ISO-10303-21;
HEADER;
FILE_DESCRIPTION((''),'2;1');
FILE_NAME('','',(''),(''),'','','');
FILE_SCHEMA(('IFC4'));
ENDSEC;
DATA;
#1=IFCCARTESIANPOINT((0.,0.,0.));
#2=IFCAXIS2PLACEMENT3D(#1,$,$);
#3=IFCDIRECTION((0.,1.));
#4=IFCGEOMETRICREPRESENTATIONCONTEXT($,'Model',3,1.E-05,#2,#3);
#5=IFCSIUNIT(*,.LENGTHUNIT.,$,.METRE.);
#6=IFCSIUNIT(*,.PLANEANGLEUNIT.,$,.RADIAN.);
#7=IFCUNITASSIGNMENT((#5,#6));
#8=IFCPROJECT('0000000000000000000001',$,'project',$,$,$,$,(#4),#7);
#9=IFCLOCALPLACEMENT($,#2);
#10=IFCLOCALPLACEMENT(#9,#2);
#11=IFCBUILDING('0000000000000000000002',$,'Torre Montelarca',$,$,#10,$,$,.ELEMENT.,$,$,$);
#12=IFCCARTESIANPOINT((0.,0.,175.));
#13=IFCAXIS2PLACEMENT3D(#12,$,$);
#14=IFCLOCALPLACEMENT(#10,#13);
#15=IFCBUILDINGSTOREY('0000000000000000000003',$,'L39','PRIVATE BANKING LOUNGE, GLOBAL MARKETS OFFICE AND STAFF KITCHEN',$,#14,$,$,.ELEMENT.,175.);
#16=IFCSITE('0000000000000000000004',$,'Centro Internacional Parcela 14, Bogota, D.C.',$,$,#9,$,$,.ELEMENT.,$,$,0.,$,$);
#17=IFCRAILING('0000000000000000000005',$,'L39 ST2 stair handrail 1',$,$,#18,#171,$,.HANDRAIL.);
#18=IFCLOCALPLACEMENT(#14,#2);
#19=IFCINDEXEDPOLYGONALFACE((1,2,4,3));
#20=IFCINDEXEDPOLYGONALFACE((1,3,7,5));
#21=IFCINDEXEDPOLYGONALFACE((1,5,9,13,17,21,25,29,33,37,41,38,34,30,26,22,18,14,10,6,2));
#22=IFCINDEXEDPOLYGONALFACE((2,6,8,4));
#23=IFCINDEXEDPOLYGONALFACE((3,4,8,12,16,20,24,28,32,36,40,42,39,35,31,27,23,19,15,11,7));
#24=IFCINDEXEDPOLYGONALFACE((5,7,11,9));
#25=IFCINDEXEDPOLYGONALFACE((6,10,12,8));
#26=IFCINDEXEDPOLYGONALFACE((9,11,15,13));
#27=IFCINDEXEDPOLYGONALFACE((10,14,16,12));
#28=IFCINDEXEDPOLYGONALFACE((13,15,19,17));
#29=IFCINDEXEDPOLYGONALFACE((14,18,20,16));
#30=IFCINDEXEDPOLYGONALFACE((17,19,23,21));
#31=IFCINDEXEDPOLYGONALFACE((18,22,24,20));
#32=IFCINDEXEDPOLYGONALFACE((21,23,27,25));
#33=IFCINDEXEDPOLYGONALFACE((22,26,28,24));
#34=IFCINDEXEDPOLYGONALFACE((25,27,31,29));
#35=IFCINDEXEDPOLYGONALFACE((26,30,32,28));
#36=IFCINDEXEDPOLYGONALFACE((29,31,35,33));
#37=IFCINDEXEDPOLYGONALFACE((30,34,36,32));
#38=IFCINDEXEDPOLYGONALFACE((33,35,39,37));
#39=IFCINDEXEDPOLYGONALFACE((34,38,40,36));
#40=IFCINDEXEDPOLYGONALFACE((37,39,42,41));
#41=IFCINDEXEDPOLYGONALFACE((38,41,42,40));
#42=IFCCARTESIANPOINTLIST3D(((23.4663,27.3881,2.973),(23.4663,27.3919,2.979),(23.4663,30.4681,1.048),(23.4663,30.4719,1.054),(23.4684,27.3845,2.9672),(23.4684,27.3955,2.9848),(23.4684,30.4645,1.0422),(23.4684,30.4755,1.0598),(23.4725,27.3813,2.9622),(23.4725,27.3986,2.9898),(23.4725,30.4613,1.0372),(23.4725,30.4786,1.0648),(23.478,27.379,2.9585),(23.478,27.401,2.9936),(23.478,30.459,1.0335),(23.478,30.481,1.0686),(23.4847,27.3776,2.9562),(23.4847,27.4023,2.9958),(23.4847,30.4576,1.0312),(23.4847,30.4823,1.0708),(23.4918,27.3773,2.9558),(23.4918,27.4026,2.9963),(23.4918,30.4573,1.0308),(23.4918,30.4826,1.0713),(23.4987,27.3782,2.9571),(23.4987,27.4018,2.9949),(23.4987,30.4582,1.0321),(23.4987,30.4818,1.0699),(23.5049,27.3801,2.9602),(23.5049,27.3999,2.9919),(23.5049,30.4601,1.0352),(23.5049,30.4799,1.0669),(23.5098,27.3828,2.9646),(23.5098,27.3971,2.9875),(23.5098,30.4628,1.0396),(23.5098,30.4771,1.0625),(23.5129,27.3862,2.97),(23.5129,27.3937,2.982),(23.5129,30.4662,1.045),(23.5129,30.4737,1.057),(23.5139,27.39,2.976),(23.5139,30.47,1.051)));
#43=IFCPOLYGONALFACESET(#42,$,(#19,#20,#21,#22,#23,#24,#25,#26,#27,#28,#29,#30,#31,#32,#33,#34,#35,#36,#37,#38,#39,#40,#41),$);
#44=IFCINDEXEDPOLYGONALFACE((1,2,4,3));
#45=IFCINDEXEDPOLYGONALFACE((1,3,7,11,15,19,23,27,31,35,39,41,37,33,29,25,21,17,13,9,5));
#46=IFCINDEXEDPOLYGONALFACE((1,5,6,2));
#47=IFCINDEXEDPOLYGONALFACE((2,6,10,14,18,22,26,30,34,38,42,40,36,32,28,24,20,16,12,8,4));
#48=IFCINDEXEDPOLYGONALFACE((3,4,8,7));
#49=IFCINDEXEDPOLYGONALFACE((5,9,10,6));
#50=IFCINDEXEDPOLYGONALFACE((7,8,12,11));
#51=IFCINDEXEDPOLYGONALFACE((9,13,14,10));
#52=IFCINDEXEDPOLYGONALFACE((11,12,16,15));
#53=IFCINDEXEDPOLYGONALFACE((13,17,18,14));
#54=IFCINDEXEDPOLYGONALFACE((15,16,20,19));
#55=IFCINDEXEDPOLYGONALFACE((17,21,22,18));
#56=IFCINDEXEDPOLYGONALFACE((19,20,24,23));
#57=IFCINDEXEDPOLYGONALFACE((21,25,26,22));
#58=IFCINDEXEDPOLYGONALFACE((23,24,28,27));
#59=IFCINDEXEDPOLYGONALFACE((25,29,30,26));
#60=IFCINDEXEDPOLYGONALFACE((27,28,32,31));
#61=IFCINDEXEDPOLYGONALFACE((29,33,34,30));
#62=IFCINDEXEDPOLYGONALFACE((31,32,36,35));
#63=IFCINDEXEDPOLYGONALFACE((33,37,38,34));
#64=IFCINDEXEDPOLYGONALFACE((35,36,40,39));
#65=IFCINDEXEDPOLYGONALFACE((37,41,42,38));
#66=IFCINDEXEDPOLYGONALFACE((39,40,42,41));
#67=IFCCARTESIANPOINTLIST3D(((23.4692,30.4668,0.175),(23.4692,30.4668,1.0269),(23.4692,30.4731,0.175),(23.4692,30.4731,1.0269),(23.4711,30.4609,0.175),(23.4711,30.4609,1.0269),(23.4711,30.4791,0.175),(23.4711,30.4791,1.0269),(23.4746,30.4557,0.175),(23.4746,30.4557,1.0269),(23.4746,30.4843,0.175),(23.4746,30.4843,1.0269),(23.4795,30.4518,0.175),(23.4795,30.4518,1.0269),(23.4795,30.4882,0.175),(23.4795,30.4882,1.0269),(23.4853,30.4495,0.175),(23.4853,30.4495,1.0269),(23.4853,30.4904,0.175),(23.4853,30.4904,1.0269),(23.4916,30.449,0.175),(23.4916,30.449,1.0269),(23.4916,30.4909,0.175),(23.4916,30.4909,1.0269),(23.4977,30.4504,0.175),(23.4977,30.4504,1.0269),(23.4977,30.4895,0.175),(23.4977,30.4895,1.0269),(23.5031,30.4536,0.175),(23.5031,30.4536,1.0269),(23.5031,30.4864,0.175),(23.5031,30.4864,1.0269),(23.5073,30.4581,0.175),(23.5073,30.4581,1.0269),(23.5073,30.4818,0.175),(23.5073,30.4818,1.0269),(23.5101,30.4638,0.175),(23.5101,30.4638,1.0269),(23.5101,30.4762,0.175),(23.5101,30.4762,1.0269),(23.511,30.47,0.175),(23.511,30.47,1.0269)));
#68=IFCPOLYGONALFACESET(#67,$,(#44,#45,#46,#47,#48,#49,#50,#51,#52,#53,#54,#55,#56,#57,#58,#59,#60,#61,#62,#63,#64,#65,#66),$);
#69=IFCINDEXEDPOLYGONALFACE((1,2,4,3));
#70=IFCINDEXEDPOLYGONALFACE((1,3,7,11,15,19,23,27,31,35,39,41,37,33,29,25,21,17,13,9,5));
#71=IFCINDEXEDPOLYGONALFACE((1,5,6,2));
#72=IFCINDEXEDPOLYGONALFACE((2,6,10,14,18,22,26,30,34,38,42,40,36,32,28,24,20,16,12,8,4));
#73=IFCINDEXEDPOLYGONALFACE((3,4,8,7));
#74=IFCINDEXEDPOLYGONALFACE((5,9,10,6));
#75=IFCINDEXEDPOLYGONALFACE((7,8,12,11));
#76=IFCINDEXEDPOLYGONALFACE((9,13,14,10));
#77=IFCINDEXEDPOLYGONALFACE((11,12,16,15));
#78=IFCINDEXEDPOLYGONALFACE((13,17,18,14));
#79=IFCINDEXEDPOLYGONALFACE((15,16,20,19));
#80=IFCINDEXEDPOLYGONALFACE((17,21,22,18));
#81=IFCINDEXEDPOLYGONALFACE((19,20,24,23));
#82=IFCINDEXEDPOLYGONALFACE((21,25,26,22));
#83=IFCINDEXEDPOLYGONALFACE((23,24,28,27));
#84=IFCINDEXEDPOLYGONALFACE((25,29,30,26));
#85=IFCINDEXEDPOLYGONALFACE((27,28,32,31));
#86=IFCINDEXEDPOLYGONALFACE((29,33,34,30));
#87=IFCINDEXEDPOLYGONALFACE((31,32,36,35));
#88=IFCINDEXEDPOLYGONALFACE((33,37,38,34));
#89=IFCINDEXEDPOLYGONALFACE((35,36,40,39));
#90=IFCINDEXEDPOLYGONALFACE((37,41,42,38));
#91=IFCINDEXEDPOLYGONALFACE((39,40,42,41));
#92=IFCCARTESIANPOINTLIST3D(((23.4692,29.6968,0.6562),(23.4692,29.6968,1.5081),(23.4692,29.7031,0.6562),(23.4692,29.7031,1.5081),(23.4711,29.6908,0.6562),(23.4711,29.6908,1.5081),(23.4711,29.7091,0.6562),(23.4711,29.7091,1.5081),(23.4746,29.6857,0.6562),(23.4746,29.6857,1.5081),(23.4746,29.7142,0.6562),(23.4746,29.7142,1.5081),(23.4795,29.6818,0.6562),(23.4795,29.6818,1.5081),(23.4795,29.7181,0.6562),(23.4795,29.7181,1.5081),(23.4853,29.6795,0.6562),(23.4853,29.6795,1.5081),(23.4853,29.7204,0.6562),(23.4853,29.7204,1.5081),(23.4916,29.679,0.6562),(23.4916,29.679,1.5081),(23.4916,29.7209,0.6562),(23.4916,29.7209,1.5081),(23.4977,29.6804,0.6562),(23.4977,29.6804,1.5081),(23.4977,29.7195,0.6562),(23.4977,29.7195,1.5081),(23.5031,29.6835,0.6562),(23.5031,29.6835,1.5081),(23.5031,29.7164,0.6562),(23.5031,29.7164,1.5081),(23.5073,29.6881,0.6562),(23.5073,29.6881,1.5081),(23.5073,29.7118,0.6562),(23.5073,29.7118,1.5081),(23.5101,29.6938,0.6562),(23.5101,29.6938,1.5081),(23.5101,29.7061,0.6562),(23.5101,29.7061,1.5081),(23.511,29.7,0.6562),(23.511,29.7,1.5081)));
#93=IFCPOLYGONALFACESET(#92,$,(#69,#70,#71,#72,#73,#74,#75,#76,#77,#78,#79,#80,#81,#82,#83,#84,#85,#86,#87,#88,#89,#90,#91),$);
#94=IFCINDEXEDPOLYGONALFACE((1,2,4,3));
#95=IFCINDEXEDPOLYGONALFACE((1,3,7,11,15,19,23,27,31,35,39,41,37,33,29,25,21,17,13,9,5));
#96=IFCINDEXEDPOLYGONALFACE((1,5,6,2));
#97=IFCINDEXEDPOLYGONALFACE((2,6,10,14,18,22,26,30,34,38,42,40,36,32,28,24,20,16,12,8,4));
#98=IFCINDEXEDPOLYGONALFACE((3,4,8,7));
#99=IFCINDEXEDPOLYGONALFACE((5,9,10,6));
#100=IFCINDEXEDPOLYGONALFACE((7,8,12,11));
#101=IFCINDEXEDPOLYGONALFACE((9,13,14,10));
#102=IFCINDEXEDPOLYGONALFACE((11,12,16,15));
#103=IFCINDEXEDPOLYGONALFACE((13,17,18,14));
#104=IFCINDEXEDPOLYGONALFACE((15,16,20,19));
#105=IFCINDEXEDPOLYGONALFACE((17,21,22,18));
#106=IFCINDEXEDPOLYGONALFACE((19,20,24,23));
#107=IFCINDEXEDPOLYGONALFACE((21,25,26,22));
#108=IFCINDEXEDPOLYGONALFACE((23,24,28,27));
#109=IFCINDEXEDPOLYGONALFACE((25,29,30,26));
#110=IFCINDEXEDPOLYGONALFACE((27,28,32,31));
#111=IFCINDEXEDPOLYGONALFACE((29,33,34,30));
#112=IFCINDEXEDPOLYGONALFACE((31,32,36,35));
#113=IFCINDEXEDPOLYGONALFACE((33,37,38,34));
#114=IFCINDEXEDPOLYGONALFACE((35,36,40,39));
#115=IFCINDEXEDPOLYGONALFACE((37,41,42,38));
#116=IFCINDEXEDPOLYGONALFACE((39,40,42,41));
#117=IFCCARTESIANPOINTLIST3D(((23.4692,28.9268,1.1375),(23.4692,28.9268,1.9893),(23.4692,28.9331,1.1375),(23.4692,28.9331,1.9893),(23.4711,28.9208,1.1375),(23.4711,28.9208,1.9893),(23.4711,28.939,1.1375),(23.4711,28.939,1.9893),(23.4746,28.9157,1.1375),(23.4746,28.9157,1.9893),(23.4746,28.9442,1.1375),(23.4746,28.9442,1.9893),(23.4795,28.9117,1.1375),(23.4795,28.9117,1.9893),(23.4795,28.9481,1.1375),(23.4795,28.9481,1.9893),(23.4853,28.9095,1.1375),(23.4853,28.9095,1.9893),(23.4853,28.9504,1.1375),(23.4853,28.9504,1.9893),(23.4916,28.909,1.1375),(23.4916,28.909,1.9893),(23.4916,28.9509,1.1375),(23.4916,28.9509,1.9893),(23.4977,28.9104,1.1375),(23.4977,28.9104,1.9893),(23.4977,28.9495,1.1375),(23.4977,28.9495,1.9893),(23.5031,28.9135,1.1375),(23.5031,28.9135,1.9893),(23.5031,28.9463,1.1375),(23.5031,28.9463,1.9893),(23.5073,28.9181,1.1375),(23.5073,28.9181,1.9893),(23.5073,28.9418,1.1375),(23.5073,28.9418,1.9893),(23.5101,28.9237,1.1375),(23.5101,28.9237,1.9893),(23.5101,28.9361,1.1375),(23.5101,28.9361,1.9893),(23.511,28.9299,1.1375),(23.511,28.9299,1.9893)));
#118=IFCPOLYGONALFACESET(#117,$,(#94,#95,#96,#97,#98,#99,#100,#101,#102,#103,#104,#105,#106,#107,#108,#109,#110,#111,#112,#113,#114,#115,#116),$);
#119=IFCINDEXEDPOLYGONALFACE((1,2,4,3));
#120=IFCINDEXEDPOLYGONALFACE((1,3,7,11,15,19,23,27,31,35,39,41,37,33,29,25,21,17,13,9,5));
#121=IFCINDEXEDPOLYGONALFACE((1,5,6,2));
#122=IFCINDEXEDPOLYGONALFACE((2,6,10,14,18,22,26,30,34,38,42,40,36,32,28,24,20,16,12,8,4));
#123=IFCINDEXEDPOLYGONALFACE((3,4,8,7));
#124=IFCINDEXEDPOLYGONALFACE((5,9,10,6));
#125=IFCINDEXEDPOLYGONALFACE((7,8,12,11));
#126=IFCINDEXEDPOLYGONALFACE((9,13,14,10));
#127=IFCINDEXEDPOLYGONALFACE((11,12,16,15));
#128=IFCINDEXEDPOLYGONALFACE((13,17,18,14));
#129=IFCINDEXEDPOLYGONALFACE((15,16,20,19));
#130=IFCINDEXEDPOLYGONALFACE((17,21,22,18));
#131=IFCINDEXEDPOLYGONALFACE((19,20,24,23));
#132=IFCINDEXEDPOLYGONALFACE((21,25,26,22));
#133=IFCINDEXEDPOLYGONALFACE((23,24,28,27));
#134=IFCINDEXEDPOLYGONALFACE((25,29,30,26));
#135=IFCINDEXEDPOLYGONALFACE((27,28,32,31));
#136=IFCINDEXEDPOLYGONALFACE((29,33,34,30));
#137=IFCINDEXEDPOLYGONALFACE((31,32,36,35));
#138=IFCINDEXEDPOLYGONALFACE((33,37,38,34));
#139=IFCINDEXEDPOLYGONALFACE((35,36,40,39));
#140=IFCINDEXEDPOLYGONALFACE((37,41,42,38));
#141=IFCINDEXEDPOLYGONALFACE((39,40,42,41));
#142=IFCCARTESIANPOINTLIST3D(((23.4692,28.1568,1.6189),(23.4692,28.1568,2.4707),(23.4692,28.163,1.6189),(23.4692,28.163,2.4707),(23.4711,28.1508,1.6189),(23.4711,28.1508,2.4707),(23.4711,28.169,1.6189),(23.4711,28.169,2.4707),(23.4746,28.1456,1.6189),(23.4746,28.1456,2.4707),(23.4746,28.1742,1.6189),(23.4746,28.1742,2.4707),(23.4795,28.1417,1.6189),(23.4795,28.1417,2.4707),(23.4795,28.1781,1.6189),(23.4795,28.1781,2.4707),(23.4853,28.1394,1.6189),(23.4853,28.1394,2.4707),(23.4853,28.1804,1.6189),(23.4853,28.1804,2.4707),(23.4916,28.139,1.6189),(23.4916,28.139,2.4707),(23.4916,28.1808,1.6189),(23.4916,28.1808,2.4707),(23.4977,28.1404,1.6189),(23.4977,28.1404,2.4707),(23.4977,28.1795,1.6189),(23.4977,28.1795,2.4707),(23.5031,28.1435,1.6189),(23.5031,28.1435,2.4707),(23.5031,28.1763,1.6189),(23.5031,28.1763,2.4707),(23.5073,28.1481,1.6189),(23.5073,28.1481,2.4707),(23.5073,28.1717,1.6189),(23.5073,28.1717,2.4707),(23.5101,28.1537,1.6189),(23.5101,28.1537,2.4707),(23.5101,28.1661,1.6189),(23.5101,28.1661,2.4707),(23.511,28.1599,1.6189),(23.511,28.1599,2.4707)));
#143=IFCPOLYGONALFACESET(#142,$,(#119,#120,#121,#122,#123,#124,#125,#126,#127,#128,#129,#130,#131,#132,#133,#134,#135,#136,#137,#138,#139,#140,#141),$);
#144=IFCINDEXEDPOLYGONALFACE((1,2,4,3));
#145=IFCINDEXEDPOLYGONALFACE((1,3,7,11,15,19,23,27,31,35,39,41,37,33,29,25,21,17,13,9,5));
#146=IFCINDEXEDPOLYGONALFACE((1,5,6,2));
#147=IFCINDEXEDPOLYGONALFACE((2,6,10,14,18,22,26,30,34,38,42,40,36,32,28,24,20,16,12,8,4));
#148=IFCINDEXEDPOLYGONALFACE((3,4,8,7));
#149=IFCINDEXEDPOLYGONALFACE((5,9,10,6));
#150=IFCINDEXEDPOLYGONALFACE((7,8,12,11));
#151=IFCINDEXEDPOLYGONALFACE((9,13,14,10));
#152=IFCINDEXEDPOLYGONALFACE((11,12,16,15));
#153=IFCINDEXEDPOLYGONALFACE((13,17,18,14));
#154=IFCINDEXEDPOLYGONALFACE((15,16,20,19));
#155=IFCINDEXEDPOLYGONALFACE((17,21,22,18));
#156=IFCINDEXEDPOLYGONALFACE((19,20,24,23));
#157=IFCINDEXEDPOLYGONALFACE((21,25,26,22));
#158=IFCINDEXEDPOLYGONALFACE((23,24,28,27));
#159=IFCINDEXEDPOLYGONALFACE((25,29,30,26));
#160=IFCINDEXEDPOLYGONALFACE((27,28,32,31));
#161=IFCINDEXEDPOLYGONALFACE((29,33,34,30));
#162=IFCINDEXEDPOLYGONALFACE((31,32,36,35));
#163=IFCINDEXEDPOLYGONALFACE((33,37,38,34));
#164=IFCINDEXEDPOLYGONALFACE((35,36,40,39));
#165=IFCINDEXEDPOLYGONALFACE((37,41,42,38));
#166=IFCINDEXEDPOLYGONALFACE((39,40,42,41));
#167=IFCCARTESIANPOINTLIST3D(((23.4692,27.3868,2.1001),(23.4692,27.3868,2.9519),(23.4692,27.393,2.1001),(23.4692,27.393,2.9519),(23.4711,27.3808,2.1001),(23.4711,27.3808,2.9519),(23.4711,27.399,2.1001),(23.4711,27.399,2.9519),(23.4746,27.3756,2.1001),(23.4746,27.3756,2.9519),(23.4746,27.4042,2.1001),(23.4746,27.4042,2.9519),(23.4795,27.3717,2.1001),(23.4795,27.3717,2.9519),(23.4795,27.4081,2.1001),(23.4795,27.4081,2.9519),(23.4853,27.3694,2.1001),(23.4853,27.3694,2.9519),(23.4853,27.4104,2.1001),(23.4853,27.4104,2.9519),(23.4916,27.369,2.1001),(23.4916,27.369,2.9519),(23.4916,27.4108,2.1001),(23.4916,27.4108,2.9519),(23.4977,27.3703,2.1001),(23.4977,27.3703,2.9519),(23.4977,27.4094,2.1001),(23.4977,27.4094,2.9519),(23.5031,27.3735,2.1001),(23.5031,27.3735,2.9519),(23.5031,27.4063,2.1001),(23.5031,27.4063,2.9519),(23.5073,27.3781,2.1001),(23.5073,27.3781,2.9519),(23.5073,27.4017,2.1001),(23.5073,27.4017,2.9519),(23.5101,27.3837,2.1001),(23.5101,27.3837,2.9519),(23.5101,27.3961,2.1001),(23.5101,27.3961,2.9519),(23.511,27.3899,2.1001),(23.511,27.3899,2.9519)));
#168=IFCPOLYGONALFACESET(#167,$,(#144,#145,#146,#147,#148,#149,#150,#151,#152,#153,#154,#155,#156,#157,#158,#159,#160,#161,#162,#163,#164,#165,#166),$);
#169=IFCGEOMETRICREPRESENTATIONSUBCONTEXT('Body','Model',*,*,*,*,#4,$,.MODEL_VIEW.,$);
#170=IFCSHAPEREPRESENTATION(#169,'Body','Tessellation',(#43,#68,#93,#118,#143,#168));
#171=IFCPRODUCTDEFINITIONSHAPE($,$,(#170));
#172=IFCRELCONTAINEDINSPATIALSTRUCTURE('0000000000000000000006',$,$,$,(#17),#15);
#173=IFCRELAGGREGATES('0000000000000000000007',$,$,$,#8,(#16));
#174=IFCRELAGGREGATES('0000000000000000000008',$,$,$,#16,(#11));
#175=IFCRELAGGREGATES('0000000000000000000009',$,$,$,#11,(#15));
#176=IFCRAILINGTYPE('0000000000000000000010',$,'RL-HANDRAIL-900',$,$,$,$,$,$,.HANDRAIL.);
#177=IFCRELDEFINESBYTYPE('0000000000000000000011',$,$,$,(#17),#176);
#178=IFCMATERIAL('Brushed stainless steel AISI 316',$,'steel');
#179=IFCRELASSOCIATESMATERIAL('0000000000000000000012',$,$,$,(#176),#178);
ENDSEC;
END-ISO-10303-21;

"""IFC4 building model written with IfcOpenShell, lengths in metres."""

from ifc_helpers import new_model, si_unit, direction, frame, origin, origin_2d, place, context, subcontext, project, spatial, circle, extrude, material, type_object, element, save


model = new_model("IFC4")

# Units and contexts
model_context = context("Model", 3, precision=1e-05, world=origin(), true_north=direction((0.0, 1.0)))
body_context = subcontext(model_context, "Body", "Model", "MODEL_VIEW")
ifc_project = project(units=[si_unit("LENGTHUNIT", "METRE"), si_unit("PLANEANGLEUNIT", "RADIAN")], contexts=[model_context])

# Site, building, storey
site_placement = place(None, origin())
site = spatial("IfcSite", under=ifc_project, at=site_placement, Name="Centro Internacional Parcela 14, Bogota, D.C.", CompositionType="ELEMENT", RefElevation=0.0)
building_placement = place(site_placement, origin())
building = spatial("IfcBuilding", under=site, at=building_placement, Name="Torre Montelarca", CompositionType="ELEMENT")
storey_placement = place(building_placement, frame((0.0, 0.0, 175.0)))
storey = spatial("IfcBuildingStorey", under=building, at=storey_placement, Name="L39", Description="PRIVATE BANKING LOUNGE, GLOBAL MARKETS OFFICE AND STAFF KITCHEN", CompositionType="ELEMENT", Elevation=175.0)

# Railing
ifc_material_1 = material(Name="Brushed stainless steel AISI 316", Category="steel")
railing_type_1 = type_object("IfcRailingType", Name="RL-HANDRAIL-900", PredefinedType="HANDRAIL", material=ifc_material_1)
railing_1_placement = place(storey_placement, frame((23.49, 30.47, 0.175)))
element("IfcRailing", 1, at=railing_1_placement, inside=storey, type_object=railing_type_1, Name="L39 ST2 stair handrail 1", PredefinedType="HANDRAIL", context=body_context, shape_type="SweptSolid", body=[
    extrude(circle(Radius=0.0239, at=origin_2d()), frame((0.0, 0.0, 0.876), z_axis=(0.0, -0.847998, 0.529999), x_axis=(1.0, 0.0, 0.0)), (0.0, 0.0, 1.0), 3.6321),
    extrude(circle(Radius=0.021, at=origin_2d()), origin(), (0.0, 0.0, 1.0), 0.8518),
    extrude(circle(Radius=0.021, at=origin_2d()), frame((0.0, -0.77, 0.4812)), (0.0, 0.0, 1.0), 0.8518),
    extrude(circle(Radius=0.021, at=origin_2d()), frame((0.0, -1.54, 0.9624)), (0.0, 0.0, 1.0), 0.8518),
    extrude(circle(Radius=0.021, at=origin_2d()), frame((0.0, -2.3101, 1.4438)), (0.0, 0.0, 1.0), 0.8518),
    extrude(circle(Radius=0.021, at=origin_2d()), frame((0.0, -3.0801, 1.925)), (0.0, 0.0, 1.0), 0.8518),
])

save(model, "model.ifc")
